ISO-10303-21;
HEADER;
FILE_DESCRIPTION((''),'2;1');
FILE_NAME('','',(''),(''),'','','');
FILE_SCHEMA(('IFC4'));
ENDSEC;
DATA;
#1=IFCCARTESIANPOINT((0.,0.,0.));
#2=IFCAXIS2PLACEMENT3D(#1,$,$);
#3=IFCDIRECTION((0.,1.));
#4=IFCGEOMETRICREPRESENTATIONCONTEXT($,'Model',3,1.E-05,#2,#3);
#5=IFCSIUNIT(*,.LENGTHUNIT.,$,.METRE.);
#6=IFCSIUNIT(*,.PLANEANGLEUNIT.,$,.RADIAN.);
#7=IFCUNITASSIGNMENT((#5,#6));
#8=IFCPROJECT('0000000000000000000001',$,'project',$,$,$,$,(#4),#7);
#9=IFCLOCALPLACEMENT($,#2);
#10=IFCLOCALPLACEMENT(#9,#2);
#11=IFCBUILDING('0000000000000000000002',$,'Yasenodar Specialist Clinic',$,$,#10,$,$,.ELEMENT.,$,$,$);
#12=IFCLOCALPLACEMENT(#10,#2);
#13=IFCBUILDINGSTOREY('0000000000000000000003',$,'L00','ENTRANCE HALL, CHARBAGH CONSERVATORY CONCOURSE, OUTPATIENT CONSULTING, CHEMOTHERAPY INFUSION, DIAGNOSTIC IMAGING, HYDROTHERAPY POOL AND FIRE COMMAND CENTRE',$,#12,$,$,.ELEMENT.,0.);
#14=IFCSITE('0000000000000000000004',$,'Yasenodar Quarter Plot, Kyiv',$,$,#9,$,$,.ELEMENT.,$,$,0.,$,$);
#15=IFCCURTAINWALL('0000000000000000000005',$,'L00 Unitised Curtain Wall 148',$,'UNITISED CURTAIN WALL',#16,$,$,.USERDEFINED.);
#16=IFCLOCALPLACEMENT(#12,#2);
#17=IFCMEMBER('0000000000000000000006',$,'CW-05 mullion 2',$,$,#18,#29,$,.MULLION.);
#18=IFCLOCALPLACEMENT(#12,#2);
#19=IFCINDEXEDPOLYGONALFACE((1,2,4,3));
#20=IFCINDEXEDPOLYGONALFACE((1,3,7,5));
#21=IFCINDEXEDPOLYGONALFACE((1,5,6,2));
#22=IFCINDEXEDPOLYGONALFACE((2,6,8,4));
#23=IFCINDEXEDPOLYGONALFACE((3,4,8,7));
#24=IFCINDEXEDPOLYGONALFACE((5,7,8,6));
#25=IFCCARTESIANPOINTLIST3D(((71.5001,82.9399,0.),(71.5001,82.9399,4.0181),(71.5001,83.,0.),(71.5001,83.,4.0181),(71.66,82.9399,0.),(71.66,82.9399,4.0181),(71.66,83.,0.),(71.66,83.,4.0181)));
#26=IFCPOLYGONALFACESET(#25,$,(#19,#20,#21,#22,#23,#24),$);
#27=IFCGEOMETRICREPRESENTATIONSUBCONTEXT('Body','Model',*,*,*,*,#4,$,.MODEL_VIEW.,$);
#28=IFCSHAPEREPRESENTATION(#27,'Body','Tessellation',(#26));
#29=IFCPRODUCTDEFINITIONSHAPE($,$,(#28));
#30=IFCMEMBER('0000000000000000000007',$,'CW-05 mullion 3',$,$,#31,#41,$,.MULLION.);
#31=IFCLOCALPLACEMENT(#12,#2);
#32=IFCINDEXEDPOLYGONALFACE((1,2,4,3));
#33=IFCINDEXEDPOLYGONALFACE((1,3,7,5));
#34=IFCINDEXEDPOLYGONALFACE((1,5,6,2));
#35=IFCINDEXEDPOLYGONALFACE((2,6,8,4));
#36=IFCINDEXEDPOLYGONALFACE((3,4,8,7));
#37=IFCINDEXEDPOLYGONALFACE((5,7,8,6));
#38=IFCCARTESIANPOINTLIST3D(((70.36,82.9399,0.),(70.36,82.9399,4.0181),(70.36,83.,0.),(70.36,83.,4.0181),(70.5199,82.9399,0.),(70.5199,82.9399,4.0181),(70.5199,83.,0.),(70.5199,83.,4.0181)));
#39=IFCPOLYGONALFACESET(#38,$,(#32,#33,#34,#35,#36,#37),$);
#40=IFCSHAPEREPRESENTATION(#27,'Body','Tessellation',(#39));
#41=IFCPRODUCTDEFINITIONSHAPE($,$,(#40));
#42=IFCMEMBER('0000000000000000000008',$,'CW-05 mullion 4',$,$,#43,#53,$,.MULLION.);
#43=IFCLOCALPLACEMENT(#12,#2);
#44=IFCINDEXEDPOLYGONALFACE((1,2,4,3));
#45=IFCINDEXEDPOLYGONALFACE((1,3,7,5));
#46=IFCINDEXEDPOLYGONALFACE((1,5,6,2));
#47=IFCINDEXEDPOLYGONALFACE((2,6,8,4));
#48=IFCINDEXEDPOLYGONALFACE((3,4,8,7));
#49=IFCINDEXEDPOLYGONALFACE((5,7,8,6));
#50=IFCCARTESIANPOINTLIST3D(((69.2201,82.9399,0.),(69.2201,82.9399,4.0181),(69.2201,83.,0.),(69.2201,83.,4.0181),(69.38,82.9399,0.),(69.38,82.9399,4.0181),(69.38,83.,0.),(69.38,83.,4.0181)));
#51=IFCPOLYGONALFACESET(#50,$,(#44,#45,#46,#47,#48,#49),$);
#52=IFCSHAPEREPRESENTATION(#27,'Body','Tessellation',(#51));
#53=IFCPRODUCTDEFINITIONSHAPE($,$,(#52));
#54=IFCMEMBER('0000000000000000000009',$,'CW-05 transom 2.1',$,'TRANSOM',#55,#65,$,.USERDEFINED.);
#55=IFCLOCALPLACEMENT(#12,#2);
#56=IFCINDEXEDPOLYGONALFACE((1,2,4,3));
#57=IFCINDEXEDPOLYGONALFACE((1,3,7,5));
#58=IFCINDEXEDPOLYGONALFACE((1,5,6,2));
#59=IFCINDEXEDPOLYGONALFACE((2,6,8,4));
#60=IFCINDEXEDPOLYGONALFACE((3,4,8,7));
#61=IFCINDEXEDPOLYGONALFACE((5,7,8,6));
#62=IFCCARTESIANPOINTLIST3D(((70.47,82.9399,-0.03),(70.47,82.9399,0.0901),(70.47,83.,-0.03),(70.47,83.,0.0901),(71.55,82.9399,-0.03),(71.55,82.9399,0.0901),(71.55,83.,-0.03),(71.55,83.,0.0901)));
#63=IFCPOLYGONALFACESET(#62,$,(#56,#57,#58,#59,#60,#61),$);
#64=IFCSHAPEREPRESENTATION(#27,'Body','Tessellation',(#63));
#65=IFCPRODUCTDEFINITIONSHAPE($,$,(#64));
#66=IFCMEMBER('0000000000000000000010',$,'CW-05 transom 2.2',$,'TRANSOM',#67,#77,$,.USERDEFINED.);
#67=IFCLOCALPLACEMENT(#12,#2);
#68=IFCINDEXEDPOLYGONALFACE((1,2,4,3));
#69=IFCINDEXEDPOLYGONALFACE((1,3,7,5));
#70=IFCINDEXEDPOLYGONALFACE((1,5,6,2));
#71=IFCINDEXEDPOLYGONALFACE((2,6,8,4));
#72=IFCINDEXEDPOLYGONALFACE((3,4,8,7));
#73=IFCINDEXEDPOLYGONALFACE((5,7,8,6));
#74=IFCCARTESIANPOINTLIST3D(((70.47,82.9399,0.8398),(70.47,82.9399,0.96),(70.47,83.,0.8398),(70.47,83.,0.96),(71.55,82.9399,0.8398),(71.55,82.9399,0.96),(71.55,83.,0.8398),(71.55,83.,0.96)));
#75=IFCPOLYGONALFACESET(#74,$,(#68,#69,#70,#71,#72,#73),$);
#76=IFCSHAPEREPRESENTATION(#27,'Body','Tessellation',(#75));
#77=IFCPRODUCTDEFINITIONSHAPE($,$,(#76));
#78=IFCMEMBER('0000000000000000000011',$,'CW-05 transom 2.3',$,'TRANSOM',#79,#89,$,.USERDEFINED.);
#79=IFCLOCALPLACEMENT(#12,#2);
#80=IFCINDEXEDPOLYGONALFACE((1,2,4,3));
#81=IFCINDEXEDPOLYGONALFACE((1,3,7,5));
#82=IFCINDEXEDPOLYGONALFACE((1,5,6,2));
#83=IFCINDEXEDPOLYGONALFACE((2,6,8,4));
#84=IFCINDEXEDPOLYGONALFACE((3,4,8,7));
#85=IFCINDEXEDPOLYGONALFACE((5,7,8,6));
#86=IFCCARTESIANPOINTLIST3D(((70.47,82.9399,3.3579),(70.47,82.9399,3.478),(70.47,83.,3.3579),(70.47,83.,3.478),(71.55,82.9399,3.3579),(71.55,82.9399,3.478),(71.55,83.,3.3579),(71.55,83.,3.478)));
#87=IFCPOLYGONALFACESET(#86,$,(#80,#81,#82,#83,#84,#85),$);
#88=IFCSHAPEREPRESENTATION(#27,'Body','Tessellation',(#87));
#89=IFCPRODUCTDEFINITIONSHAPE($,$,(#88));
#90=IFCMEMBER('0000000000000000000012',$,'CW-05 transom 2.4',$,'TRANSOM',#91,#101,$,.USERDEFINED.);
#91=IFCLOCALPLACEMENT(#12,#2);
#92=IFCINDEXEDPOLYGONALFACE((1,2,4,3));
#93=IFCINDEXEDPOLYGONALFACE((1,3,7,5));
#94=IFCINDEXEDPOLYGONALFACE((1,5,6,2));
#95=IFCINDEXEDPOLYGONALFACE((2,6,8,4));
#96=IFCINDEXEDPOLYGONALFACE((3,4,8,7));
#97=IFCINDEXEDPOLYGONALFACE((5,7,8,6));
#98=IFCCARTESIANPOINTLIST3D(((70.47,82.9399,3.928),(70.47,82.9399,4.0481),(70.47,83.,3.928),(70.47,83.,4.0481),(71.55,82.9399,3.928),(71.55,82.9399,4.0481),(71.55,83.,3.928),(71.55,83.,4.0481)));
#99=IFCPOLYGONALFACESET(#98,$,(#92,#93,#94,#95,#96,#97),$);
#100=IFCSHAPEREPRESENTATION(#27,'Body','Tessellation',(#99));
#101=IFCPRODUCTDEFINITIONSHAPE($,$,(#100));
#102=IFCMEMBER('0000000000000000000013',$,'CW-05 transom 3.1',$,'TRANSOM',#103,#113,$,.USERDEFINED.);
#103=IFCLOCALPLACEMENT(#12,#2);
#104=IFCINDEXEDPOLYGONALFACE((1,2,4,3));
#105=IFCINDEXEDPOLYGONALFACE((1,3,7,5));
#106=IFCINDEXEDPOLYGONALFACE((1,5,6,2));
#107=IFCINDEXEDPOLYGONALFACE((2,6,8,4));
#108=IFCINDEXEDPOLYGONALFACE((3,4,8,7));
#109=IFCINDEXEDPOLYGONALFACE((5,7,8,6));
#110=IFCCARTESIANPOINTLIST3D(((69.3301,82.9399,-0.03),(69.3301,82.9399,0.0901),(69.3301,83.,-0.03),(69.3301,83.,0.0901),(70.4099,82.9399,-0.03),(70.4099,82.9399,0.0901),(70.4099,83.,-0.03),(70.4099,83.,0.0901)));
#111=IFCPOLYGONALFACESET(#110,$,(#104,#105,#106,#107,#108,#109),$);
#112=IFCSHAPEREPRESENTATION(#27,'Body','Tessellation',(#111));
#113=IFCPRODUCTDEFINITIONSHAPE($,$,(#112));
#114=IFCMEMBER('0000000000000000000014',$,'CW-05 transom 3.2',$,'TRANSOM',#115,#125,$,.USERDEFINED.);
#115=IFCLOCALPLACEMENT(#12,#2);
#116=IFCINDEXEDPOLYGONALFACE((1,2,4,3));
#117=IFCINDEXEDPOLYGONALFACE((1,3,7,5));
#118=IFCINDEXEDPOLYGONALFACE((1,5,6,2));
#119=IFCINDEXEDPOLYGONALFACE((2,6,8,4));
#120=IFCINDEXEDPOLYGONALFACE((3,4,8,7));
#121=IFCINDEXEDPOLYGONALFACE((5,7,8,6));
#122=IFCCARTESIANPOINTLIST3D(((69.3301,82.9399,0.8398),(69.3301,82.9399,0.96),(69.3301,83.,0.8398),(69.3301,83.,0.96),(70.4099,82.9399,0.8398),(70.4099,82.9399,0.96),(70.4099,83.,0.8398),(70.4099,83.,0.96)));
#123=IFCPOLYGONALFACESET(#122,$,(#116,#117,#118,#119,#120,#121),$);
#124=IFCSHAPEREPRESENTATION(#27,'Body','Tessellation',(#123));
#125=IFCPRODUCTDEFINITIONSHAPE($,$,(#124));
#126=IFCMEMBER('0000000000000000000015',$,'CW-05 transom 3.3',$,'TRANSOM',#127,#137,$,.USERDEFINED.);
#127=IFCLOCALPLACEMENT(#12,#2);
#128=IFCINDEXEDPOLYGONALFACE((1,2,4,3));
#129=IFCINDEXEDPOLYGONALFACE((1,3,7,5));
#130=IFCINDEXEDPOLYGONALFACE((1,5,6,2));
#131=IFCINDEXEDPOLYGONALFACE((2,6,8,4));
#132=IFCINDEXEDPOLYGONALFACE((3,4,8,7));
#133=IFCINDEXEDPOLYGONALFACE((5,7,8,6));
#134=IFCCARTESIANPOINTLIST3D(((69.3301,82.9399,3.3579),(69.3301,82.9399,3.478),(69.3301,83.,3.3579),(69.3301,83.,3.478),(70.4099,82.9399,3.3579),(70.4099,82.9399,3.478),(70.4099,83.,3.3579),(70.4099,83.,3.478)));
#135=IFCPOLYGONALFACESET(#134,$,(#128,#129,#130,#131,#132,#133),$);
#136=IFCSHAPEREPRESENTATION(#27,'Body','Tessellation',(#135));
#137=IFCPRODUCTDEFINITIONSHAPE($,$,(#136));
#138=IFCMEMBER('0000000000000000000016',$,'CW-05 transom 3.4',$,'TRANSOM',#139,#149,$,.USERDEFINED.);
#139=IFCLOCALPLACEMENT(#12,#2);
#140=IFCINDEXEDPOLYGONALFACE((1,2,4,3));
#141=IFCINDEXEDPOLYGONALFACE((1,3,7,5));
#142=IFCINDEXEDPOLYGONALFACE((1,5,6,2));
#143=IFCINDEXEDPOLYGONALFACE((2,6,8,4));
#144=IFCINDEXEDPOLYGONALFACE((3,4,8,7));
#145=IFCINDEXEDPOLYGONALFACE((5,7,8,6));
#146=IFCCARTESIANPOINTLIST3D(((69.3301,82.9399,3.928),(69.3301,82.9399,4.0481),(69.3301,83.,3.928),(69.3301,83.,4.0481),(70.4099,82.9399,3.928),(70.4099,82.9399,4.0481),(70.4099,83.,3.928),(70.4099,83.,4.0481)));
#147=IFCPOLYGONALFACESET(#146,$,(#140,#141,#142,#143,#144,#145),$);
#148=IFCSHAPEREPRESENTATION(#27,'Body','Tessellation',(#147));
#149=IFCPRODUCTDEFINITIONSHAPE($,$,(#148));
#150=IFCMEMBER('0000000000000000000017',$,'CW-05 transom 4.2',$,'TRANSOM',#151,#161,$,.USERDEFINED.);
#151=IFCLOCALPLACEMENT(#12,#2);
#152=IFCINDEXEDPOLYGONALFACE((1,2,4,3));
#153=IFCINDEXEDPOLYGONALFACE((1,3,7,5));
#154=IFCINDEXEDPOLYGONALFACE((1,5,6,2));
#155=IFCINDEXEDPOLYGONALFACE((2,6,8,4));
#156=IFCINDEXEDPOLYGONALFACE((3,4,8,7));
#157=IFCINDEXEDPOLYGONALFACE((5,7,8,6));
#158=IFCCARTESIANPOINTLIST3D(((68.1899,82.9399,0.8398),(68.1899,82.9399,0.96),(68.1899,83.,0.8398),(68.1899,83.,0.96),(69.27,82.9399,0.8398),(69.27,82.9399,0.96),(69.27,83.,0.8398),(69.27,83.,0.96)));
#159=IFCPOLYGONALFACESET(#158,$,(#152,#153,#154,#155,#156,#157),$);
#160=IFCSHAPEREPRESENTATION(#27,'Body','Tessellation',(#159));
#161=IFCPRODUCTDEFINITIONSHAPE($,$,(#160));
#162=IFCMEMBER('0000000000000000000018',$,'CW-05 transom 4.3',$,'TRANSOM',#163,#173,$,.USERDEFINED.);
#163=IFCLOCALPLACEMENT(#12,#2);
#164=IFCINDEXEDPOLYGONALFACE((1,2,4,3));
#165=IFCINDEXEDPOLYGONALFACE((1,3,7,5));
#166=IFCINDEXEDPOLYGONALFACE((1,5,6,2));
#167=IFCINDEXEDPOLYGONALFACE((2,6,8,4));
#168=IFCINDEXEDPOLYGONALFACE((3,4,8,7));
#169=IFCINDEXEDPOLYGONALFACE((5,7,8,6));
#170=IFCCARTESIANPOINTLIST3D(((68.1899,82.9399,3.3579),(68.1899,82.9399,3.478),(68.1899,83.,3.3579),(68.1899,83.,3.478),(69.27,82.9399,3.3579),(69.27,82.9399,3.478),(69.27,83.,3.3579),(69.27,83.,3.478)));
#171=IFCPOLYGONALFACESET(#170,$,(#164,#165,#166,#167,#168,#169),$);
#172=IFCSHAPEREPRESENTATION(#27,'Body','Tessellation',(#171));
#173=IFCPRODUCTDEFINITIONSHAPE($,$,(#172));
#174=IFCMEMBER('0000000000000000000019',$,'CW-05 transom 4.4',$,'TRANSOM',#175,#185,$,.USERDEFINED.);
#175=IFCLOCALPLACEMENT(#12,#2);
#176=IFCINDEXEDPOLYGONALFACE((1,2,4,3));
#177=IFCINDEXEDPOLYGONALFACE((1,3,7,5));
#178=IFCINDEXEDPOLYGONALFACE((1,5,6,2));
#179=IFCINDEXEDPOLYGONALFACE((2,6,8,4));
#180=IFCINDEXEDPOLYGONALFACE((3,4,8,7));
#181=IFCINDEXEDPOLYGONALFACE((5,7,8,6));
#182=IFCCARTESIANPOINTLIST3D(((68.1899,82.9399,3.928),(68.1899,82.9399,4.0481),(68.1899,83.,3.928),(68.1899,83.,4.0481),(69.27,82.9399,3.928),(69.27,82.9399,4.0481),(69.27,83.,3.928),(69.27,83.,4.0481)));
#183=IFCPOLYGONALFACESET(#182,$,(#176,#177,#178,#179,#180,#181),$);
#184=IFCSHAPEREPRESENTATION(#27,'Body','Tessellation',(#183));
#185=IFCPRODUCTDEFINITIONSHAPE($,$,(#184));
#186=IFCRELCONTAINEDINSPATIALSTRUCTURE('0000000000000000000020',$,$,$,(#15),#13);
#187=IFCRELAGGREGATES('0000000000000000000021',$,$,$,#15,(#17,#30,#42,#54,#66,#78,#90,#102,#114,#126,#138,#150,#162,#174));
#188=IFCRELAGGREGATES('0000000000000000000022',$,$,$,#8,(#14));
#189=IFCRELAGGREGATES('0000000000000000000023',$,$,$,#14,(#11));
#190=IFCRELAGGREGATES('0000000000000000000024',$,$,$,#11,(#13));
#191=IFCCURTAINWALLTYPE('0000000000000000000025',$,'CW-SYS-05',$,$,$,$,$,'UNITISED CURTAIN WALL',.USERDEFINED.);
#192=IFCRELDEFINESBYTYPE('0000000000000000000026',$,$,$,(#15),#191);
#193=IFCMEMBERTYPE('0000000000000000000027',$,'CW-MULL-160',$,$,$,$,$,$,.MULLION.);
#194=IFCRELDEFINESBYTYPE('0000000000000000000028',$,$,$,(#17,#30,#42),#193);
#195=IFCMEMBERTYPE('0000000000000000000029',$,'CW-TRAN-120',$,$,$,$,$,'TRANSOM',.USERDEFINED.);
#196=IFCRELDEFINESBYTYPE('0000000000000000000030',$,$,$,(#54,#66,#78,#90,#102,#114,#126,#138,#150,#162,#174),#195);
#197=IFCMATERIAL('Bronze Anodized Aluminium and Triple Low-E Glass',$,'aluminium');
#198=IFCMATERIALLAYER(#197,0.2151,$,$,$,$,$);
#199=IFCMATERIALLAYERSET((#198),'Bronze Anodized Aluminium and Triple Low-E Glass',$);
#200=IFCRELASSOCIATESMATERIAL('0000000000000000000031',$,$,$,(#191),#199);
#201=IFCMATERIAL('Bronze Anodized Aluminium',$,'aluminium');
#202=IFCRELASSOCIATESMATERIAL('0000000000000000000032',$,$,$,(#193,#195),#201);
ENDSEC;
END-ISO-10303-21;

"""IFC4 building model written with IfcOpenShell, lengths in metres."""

from ifc_helpers import new_model, si_unit, direction, frame, origin, origin_2d, place, context, subcontext, project, spatial, rectangle, extrude, material, layer, layer_set, material_profile, profile_set, type_object, element, aggregate, save


model = new_model("IFC4")

# Units and contexts
model_context = context("Model", 3, precision=1e-05, world=origin(), true_north=direction((0.0, 1.0)))
body_context = subcontext(model_context, "Body", "Model", "MODEL_VIEW")
ifc_project = project(units=[si_unit("LENGTHUNIT", "METRE"), si_unit("PLANEANGLEUNIT", "RADIAN")], contexts=[model_context])

# Site, building, storey
site_placement = place(None, origin())
site = spatial("IfcSite", under=ifc_project, at=site_placement, Name="Yasenodar Quarter Plot, Kyiv", CompositionType="ELEMENT", RefElevation=0.0)
building_placement = place(site_placement, origin())
building = spatial("IfcBuilding", under=site, at=building_placement, Name="Yasenodar Specialist Clinic", CompositionType="ELEMENT")
storey_placement = place(building_placement, origin())
storey = spatial("IfcBuildingStorey", under=building, at=storey_placement, Name="L00", Description="ENTRANCE HALL, CHARBAGH CONSERVATORY CONCOURSE, OUTPATIENT CONSULTING, CHEMOTHERAPY INFUSION, DIAGNOSTIC IMAGING, HYDROTHERAPY POOL AND FIRE COMMAND CENTRE", CompositionType="ELEMENT", Elevation=0.0)

# Curtain wall, members
ifc_material_1 = material(Name="Bronze Anodized Aluminium and Triple Low-E Glass", Category="aluminium")
ifc_layer_1 = layer(ifc_material_1, 0.2151)
ifc_layer_set_1 = layer_set([ifc_layer_1], Name="Bronze Anodized Aluminium and Triple Low-E Glass")
curtain_wall_type = type_object("IfcCurtainWallType", Name="CW-SYS-05", ElementType="UNITISED CURTAIN WALL", PredefinedType="USERDEFINED", material=ifc_layer_set_1)
curtain_wall_placement = place(storey_placement, origin())
curtain_wall = element("IfcCurtainWall", 1, at=curtain_wall_placement, inside=storey, type_object=curtain_wall_type, Name="L00 Unitised Curtain Wall 148", ObjectType="UNITISED CURTAIN WALL", PredefinedType="USERDEFINED")
ifc_material_2 = material(Name="Bronze Anodized Aluminium", Category="aluminium")
ifc_material_profile_1 = material_profile(ifc_material_2, rectangle(XDim=0.0601, YDim=0.1599, at=origin_2d()), Name="CW-MULL 60x160")
ifc_profile_set_1 = profile_set([ifc_material_profile_1], Name="Bronze Anodized Aluminium")
member_type_1 = type_object("IfcMemberType", Name="CW-MULL-160", PredefinedType="MULLION", material=ifc_profile_set_1)
member_1_placement = place(storey_placement, frame((71.5801, 82.97, 0.0), z_axis=(0.0, 0.0, 1.0), x_axis=(0.0, -1.0, 0.0)))
member_1 = element("IfcMember", 2, at=member_1_placement, type_object=member_type_1, Name="CW-05 mullion 2", PredefinedType="MULLION", context=body_context, shape_type="SweptSolid", body=[
    extrude(rectangle(XDim=0.0601, YDim=0.1599, at=origin_2d()), origin(), (0.0, 0.0, 1.0), 4.0181),
])
member_2_placement = place(storey_placement, frame((70.4399, 82.97, 0.0), z_axis=(0.0, 0.0, 1.0), x_axis=(0.0, -1.0, 0.0)))
member_2 = element("IfcMember", 3, at=member_2_placement, type_object=member_type_1, Name="CW-05 mullion 3", PredefinedType="MULLION", context=body_context, shape_type="SweptSolid", body=[
    extrude(rectangle(XDim=0.0601, YDim=0.1599, at=origin_2d()), origin(), (0.0, 0.0, 1.0), 4.0181),
])
member_3_placement = place(storey_placement, frame((69.3, 82.97, 0.0), z_axis=(0.0, 0.0, 1.0), x_axis=(0.0, -1.0, 0.0)))
member_3 = element("IfcMember", 4, at=member_3_placement, type_object=member_type_1, Name="CW-05 mullion 4", PredefinedType="MULLION", context=body_context, shape_type="SweptSolid", body=[
    extrude(rectangle(XDim=0.0601, YDim=0.1599, at=origin_2d()), origin(), (0.0, 0.0, 1.0), 4.0181),
])
ifc_material_profile_2 = material_profile(ifc_material_2, rectangle(XDim=0.0601, YDim=0.1201, at=origin_2d()), Name="CW-TRAN 60x120")
ifc_profile_set_2 = profile_set([ifc_material_profile_2], Name="Bronze Anodized Aluminium")
member_type_2 = type_object("IfcMemberType", Name="CW-TRAN-120", ElementType="TRANSOM", PredefinedType="USERDEFINED", material=ifc_profile_set_2)
member_4_placement = place(storey_placement, frame((71.55, 82.97, 0.03), z_axis=(-1.0, 0.0, 0.0), x_axis=(0.0, -1.0, 0.0)))
member_4 = element("IfcMember", 5, at=member_4_placement, type_object=member_type_2, Name="CW-05 transom 2.1", ObjectType="TRANSOM", PredefinedType="USERDEFINED", context=body_context, shape_type="SweptSolid", body=[
    extrude(rectangle(XDim=0.0601, YDim=0.1201, at=origin_2d()), origin(), (0.0, 0.0, 1.0), 1.0801),
])
member_5_placement = place(storey_placement, frame((71.55, 82.97, 0.8999), z_axis=(-1.0, 0.0, 0.0), x_axis=(0.0, -1.0, 0.0)))
member_5 = element("IfcMember", 6, at=member_5_placement, type_object=member_type_2, Name="CW-05 transom 2.2", ObjectType="TRANSOM", PredefinedType="USERDEFINED", context=body_context, shape_type="SweptSolid", body=[
    extrude(rectangle(XDim=0.0601, YDim=0.1201, at=origin_2d()), origin(), (0.0, 0.0, 1.0), 1.0801),
])
member_6_placement = place(storey_placement, frame((71.55, 82.97, 3.418), z_axis=(-1.0, 0.0, 0.0), x_axis=(0.0, -1.0, 0.0)))
member_6 = element("IfcMember", 7, at=member_6_placement, type_object=member_type_2, Name="CW-05 transom 2.3", ObjectType="TRANSOM", PredefinedType="USERDEFINED", context=body_context, shape_type="SweptSolid", body=[
    extrude(rectangle(XDim=0.0601, YDim=0.1201, at=origin_2d()), origin(), (0.0, 0.0, 1.0), 1.0801),
])
member_7_placement = place(storey_placement, frame((71.55, 82.97, 3.988), z_axis=(-1.0, 0.0, 0.0), x_axis=(0.0, -1.0, 0.0)))
member_7 = element("IfcMember", 8, at=member_7_placement, type_object=member_type_2, Name="CW-05 transom 2.4", ObjectType="TRANSOM", PredefinedType="USERDEFINED", context=body_context, shape_type="SweptSolid", body=[
    extrude(rectangle(XDim=0.0601, YDim=0.1201, at=origin_2d()), origin(), (0.0, 0.0, 1.0), 1.0801),
])
member_8_placement = place(storey_placement, frame((70.4099, 82.97, 0.03), z_axis=(-1.0, 0.0, 0.0), x_axis=(0.0, -1.0, 0.0)))
member_8 = element("IfcMember", 9, at=member_8_placement, type_object=member_type_2, Name="CW-05 transom 3.1", ObjectType="TRANSOM", PredefinedType="USERDEFINED", context=body_context, shape_type="SweptSolid", body=[
    extrude(rectangle(XDim=0.0601, YDim=0.1201, at=origin_2d()), origin(), (0.0, 0.0, 1.0), 1.0798),
])
member_9_placement = place(storey_placement, frame((70.4099, 82.97, 0.8999), z_axis=(-1.0, 0.0, 0.0), x_axis=(0.0, -1.0, 0.0)))
member_9 = element("IfcMember", 10, at=member_9_placement, type_object=member_type_2, Name="CW-05 transom 3.2", ObjectType="TRANSOM", PredefinedType="USERDEFINED", context=body_context, shape_type="SweptSolid", body=[
    extrude(rectangle(XDim=0.0601, YDim=0.1201, at=origin_2d()), origin(), (0.0, 0.0, 1.0), 1.0798),
])
member_10_placement = place(storey_placement, frame((70.4099, 82.97, 3.418), z_axis=(-1.0, 0.0, 0.0), x_axis=(0.0, -1.0, 0.0)))
member_10 = element("IfcMember", 11, at=member_10_placement, type_object=member_type_2, Name="CW-05 transom 3.3", ObjectType="TRANSOM", PredefinedType="USERDEFINED", context=body_context, shape_type="SweptSolid", body=[
    extrude(rectangle(XDim=0.0601, YDim=0.1201, at=origin_2d()), origin(), (0.0, 0.0, 1.0), 1.0798),
])
member_11_placement = place(storey_placement, frame((70.4099, 82.97, 3.988), z_axis=(-1.0, 0.0, 0.0), x_axis=(0.0, -1.0, 0.0)))
member_11 = element("IfcMember", 12, at=member_11_placement, type_object=member_type_2, Name="CW-05 transom 3.4", ObjectType="TRANSOM", PredefinedType="USERDEFINED", context=body_context, shape_type="SweptSolid", body=[
    extrude(rectangle(XDim=0.0601, YDim=0.1201, at=origin_2d()), origin(), (0.0, 0.0, 1.0), 1.0798),
])
member_12_placement = place(storey_placement, frame((69.27, 82.97, 0.8999), z_axis=(-1.0, 0.0, 0.0), x_axis=(0.0, -1.0, 0.0)))
member_12 = element("IfcMember", 13, at=member_12_placement, type_object=member_type_2, Name="CW-05 transom 4.2", ObjectType="TRANSOM", PredefinedType="USERDEFINED", context=body_context, shape_type="SweptSolid", body=[
    extrude(rectangle(XDim=0.0601, YDim=0.1201, at=origin_2d()), origin(), (0.0, 0.0, 1.0), 1.0801),
])
member_13_placement = place(storey_placement, frame((69.27, 82.97, 3.418), z_axis=(-1.0, 0.0, 0.0), x_axis=(0.0, -1.0, 0.0)))
member_13 = element("IfcMember", 14, at=member_13_placement, type_object=member_type_2, Name="CW-05 transom 4.3", ObjectType="TRANSOM", PredefinedType="USERDEFINED", context=body_context, shape_type="SweptSolid", body=[
    extrude(rectangle(XDim=0.0601, YDim=0.1201, at=origin_2d()), origin(), (0.0, 0.0, 1.0), 1.0801),
])
member_14_placement = place(storey_placement, frame((69.27, 82.97, 3.988), z_axis=(-1.0, 0.0, 0.0), x_axis=(0.0, -1.0, 0.0)))
member_14 = element("IfcMember", 15, at=member_14_placement, type_object=member_type_2, Name="CW-05 transom 4.4", ObjectType="TRANSOM", PredefinedType="USERDEFINED", context=body_context, shape_type="SweptSolid", body=[
    extrude(rectangle(XDim=0.0601, YDim=0.1201, at=origin_2d()), origin(), (0.0, 0.0, 1.0), 1.0801),
])
aggregate(curtain_wall, [member_1, member_2, member_3, member_4, member_5, member_6, member_7, member_8, member_9, member_10, member_11, member_12, member_13, member_14])

save(model, "model.ifc")
